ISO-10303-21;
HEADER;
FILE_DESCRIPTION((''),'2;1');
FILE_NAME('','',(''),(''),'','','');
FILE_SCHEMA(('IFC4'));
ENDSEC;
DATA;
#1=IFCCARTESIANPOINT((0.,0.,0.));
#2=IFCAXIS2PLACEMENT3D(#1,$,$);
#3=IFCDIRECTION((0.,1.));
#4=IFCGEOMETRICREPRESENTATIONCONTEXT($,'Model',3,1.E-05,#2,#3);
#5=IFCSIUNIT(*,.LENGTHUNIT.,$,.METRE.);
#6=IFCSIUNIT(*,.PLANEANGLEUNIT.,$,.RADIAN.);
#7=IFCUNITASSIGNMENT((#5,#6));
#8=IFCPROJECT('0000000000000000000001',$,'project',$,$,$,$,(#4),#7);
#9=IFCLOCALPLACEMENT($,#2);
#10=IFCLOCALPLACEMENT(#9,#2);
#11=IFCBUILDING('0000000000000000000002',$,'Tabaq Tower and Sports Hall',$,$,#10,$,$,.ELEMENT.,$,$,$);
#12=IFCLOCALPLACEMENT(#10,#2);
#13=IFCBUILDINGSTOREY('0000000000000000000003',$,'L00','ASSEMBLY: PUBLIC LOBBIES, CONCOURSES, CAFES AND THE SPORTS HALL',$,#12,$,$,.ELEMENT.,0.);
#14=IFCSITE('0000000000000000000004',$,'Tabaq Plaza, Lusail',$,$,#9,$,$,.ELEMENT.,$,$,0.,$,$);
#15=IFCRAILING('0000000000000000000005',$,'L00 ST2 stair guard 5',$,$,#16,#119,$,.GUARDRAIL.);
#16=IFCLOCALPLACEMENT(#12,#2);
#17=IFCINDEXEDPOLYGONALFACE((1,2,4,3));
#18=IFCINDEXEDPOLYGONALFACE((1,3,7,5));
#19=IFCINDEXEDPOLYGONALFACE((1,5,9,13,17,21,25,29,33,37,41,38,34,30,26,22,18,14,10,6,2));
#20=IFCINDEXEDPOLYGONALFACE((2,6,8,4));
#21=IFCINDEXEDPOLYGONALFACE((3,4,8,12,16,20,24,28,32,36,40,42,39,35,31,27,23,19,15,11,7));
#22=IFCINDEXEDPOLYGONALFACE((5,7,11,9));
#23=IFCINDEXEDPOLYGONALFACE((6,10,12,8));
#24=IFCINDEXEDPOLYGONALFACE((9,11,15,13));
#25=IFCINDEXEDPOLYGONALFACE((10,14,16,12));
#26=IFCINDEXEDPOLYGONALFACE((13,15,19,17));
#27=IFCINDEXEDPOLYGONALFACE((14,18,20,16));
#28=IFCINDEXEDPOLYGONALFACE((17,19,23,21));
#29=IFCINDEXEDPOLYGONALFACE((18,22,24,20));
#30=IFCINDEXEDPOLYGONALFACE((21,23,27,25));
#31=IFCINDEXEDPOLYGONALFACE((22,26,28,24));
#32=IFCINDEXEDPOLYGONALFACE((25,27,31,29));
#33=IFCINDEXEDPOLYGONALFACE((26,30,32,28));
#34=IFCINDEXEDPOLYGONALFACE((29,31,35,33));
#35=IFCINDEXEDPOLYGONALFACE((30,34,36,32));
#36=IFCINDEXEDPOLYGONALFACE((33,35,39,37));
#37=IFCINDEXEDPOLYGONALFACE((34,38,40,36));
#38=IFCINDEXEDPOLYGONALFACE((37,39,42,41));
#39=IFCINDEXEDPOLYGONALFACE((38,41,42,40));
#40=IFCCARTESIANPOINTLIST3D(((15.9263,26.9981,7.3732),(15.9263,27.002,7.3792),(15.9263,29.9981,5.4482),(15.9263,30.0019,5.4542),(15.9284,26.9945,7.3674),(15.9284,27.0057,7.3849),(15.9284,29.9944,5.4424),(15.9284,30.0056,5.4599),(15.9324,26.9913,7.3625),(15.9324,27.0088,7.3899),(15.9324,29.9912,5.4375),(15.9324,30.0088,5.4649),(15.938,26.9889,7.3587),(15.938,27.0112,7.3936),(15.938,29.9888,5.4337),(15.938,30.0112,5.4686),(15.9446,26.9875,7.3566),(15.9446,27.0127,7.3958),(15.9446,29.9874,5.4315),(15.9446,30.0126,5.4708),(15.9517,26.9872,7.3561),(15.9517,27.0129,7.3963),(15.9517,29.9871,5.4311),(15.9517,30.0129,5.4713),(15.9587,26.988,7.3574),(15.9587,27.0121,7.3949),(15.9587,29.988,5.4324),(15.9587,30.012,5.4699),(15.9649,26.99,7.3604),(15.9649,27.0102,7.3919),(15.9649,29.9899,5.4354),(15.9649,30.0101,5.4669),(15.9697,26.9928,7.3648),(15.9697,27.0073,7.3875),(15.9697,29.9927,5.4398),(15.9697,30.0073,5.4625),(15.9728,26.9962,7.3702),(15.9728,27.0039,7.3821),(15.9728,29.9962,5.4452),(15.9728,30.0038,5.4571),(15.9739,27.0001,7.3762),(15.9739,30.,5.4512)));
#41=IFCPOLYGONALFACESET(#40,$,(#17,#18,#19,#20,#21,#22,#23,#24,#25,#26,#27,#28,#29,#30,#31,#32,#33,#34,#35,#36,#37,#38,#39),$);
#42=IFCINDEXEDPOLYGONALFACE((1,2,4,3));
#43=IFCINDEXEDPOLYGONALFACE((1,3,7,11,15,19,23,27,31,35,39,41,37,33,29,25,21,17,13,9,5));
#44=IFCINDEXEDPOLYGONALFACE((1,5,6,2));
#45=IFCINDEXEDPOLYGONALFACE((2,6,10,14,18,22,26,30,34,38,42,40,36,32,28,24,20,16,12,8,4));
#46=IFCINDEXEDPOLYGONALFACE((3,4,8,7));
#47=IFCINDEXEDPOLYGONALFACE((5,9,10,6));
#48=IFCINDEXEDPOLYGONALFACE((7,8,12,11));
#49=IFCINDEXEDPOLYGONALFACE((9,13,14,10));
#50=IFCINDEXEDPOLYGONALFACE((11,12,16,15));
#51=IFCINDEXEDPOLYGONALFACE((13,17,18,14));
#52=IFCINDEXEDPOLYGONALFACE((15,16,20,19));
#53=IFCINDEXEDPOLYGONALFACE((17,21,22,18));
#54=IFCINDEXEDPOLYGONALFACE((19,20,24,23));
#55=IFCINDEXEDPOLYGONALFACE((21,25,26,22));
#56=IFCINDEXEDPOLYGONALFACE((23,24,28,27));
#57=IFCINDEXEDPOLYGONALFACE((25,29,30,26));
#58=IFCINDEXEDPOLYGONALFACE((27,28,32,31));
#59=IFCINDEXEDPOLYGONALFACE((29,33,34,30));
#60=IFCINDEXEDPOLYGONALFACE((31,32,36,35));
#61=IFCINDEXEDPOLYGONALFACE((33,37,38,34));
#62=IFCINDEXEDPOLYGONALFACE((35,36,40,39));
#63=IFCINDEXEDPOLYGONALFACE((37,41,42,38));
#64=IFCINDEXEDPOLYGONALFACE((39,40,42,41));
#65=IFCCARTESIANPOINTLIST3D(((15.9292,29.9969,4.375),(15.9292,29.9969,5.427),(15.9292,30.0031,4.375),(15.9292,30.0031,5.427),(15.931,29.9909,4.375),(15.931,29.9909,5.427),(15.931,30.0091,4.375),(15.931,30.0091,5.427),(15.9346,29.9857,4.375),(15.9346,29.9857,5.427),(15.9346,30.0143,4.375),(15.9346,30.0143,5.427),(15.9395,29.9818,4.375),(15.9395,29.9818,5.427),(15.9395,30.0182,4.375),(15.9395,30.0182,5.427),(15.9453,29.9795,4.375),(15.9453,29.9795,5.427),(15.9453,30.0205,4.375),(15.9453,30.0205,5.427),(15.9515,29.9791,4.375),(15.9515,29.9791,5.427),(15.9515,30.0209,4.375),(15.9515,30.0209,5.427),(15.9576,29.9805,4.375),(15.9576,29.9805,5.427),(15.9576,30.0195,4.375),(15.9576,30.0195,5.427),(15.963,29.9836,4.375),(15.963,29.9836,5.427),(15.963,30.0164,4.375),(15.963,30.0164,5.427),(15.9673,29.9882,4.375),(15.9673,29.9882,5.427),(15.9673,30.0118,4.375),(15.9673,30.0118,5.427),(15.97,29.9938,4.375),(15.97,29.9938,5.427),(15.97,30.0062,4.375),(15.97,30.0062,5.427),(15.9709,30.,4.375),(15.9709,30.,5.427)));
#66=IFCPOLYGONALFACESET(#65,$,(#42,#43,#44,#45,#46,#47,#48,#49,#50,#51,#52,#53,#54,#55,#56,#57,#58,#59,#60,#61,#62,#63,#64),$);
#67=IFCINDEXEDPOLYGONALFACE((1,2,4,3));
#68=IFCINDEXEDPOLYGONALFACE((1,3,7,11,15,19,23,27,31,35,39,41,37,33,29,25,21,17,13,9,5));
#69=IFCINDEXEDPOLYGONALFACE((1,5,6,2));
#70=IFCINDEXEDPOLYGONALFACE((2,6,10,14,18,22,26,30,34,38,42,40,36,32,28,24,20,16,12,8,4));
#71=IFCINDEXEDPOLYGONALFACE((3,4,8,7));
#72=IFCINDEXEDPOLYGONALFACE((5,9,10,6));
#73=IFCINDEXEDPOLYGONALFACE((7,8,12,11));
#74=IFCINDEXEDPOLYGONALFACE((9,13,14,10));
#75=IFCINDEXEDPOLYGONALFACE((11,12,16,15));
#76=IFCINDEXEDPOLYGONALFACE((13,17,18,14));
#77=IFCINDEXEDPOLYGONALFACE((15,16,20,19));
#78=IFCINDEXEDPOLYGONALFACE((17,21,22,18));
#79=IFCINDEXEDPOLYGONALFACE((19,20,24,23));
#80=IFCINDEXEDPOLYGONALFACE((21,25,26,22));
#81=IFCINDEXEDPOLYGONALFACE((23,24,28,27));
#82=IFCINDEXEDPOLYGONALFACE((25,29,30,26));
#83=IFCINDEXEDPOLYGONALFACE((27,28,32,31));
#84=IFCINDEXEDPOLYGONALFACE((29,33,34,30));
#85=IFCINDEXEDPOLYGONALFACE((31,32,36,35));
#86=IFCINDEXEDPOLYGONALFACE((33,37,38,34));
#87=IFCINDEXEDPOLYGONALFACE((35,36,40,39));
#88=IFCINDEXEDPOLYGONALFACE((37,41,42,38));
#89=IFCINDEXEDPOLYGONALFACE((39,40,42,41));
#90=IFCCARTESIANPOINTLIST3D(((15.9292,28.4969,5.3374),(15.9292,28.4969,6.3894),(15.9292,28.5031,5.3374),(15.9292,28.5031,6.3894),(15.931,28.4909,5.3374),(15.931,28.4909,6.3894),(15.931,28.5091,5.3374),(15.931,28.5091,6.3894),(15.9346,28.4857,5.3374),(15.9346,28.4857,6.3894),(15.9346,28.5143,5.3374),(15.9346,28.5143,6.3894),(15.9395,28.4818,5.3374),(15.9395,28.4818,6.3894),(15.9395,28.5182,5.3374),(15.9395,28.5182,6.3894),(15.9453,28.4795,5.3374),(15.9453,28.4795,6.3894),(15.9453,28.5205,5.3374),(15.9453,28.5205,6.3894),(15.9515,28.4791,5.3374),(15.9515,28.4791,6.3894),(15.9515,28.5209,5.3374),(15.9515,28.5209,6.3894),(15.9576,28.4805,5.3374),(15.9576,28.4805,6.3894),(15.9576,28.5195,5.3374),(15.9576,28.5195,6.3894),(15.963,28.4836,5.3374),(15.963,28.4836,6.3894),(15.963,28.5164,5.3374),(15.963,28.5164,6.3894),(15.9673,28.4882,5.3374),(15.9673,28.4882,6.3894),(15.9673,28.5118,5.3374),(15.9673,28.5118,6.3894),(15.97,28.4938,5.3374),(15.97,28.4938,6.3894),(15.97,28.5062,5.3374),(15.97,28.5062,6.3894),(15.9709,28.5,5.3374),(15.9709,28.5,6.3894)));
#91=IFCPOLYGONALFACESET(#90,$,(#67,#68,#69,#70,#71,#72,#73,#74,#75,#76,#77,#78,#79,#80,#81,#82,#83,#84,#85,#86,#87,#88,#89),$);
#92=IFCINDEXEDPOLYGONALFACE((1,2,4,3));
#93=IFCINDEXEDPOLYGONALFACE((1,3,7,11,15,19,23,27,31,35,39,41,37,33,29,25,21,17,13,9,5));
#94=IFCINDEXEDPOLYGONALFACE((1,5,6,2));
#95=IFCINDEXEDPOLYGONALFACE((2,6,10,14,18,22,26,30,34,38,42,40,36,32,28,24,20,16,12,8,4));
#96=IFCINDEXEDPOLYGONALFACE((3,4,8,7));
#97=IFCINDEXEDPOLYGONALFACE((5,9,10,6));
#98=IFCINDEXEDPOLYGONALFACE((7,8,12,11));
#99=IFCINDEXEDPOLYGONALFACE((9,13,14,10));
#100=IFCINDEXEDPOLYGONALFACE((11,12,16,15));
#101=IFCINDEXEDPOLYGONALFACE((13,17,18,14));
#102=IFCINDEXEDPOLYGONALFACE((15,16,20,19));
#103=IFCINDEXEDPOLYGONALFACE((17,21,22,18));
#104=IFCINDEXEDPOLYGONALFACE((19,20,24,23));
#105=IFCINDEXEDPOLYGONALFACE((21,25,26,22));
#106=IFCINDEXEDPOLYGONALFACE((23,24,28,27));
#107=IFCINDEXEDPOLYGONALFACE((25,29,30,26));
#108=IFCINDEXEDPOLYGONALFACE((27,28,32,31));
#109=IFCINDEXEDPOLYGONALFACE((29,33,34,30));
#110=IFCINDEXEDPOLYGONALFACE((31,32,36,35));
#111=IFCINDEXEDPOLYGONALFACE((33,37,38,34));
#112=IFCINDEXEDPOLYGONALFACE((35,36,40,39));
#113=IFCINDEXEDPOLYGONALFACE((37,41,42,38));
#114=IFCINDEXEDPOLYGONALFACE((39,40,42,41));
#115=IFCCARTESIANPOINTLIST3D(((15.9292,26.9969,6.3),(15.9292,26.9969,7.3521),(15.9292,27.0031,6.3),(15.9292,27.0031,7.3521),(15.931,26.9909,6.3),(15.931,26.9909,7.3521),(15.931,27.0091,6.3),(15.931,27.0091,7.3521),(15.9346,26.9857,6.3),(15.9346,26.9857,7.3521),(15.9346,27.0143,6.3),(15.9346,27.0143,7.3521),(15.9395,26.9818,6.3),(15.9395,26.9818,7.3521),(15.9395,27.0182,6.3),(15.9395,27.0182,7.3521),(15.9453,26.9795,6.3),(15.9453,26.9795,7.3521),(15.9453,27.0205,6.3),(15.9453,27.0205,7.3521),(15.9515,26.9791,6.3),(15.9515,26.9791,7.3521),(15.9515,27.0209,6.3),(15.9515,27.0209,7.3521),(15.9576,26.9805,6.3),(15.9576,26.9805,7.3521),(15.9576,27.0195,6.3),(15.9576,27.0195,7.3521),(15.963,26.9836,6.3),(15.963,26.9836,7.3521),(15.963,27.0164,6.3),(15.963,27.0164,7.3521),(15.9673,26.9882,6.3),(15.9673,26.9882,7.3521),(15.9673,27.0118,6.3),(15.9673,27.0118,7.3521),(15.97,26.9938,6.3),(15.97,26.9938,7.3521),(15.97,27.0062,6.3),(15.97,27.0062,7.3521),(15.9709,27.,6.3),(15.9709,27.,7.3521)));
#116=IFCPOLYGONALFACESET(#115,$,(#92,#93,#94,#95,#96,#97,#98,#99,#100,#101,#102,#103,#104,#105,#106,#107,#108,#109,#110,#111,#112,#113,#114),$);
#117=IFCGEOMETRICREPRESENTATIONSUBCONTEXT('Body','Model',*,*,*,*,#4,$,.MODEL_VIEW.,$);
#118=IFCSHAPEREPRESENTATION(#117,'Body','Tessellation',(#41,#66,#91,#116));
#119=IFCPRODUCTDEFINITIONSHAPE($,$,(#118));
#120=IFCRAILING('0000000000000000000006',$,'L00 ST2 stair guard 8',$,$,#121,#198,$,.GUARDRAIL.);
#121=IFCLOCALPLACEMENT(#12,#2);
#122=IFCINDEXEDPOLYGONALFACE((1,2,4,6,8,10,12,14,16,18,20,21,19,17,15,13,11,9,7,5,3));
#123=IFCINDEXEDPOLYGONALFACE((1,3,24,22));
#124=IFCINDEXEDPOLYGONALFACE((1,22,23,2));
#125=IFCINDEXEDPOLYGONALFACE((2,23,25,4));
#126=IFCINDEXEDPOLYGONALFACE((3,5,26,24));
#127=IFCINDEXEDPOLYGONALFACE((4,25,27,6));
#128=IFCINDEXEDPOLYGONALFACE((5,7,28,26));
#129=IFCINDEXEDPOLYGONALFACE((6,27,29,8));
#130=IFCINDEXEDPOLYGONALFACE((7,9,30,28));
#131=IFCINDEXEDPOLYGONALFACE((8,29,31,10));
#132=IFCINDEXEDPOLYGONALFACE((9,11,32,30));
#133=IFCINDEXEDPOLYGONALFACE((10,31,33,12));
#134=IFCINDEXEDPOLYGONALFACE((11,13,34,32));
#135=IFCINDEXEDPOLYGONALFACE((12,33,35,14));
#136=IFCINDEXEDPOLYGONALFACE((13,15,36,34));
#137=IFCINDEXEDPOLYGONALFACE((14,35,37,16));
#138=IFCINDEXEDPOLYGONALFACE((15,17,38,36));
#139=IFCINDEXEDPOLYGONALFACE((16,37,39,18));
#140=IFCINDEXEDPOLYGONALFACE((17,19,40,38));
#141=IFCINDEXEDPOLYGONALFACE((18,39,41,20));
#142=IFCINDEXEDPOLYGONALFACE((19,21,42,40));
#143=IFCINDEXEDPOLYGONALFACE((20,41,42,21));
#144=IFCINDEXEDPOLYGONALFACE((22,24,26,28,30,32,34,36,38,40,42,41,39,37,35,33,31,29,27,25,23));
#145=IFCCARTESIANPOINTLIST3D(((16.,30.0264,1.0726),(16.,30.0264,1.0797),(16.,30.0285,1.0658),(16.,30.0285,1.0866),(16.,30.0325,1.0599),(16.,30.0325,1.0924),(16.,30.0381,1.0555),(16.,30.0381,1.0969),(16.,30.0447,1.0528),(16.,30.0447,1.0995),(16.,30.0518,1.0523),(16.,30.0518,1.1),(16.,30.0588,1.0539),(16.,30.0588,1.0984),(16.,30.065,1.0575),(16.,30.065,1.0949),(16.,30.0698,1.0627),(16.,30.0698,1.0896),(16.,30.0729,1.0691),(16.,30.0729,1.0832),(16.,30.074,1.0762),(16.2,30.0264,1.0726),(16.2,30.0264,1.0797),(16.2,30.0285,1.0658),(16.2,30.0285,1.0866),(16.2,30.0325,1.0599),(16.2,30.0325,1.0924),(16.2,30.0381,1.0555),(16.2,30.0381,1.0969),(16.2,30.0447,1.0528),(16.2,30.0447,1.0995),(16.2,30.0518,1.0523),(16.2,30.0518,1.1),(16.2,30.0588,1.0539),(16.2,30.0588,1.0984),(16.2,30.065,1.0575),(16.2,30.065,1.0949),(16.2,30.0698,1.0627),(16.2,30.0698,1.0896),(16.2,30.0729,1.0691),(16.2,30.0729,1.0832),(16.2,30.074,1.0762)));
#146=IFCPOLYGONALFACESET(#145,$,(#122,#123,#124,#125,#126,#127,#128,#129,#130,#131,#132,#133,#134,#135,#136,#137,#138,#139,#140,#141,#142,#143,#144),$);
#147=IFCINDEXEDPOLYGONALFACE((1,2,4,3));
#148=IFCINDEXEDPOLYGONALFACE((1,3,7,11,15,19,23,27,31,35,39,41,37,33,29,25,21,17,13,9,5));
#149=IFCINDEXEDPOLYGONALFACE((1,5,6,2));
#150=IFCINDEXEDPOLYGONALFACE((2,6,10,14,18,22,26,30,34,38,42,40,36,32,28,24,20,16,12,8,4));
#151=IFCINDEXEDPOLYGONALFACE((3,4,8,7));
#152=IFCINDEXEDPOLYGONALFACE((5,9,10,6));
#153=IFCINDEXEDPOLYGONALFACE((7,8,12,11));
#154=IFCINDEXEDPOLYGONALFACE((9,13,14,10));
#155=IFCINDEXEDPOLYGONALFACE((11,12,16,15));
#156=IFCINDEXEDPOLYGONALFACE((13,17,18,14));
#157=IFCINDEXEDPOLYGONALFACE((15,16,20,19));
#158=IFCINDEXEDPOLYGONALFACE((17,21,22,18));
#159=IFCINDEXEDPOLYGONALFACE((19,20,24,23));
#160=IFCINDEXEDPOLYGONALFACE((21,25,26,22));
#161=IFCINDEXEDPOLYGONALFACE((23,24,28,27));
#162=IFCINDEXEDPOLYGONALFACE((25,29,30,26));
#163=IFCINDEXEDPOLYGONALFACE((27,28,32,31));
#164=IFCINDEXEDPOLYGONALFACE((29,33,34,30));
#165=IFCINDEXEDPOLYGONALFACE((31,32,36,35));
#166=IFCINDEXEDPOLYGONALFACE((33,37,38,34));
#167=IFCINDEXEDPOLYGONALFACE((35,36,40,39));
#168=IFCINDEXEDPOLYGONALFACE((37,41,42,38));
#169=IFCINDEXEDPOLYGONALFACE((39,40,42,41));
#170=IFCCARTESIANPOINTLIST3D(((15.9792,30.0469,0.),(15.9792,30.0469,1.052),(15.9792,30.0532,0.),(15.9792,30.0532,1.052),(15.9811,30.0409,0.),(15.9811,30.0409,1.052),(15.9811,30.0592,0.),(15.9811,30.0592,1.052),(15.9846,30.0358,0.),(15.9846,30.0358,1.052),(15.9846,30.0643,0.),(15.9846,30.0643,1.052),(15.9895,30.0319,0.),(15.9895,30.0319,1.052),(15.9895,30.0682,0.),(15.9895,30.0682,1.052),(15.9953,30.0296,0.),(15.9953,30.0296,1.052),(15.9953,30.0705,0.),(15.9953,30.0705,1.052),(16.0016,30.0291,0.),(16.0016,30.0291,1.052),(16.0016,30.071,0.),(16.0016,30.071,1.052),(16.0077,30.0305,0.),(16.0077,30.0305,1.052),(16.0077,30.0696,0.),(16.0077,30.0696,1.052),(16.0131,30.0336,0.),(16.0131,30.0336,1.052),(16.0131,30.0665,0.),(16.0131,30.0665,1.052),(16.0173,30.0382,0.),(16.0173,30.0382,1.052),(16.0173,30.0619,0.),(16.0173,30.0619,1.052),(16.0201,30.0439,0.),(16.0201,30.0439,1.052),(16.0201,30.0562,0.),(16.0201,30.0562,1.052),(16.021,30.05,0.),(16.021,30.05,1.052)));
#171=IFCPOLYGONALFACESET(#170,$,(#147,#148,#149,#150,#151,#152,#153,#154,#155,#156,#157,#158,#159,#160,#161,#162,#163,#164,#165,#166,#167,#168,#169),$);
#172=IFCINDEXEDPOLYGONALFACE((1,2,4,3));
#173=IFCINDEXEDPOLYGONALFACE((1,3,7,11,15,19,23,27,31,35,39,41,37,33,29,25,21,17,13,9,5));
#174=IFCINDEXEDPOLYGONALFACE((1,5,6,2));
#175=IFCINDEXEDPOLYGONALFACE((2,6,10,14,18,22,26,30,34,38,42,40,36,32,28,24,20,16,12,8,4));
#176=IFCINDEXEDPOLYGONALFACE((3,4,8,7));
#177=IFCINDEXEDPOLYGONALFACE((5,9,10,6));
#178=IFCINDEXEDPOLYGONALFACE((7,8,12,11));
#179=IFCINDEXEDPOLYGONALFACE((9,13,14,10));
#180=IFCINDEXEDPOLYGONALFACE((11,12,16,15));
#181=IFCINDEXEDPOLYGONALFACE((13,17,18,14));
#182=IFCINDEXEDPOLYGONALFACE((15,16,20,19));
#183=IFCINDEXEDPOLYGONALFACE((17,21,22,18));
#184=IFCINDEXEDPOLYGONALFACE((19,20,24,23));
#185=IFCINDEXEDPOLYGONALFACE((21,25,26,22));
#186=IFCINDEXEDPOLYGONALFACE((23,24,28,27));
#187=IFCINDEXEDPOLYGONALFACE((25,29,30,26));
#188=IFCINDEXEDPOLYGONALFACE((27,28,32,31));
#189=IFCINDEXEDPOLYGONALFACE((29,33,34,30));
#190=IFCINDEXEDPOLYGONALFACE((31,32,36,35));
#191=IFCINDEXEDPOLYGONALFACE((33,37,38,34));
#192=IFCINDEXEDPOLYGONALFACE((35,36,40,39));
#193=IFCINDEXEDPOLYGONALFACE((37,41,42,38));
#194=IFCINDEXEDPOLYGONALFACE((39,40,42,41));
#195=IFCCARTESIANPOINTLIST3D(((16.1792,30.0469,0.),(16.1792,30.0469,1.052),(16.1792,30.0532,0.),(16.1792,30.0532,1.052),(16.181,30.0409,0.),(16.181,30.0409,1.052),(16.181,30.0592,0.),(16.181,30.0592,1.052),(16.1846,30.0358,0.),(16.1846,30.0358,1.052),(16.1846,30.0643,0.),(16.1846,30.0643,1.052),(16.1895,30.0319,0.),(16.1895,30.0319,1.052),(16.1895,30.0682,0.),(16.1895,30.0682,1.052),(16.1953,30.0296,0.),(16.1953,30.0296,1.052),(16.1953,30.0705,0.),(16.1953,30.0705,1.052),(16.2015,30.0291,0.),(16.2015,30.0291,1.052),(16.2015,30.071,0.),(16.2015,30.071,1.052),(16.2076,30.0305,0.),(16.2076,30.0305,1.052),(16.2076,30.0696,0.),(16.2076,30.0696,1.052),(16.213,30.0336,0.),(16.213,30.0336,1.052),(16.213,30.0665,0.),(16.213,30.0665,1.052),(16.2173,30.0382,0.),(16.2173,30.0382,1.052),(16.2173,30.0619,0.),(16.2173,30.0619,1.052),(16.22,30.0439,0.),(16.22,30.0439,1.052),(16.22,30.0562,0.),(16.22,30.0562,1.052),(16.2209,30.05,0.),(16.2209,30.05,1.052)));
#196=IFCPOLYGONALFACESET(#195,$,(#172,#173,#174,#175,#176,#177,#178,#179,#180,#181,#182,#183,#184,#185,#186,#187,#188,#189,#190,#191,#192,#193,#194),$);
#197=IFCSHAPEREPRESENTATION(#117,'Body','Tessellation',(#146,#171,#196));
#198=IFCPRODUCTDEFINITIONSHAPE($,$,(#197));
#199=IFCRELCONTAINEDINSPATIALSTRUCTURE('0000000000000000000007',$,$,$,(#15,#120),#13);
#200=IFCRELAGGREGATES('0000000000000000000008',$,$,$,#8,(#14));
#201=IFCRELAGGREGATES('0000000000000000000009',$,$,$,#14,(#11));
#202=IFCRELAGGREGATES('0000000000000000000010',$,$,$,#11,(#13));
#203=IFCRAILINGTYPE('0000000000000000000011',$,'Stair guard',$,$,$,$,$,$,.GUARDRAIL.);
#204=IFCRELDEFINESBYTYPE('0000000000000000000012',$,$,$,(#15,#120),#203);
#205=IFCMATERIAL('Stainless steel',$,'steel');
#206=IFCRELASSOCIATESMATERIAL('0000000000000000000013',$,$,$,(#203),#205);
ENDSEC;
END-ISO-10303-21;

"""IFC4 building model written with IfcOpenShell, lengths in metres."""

from ifc_helpers import new_model, si_unit, direction, frame, origin, origin_2d, place, context, subcontext, project, spatial, circle, extrude, material, type_object, element, save


model = new_model("IFC4")

# Units and contexts
model_context = context("Model", 3, precision=1e-05, world=origin(), true_north=direction((0.0, 1.0)))
body_context = subcontext(model_context, "Body", "Model", "MODEL_VIEW")
ifc_project = project(units=[si_unit("LENGTHUNIT", "METRE"), si_unit("PLANEANGLEUNIT", "RADIAN")], contexts=[model_context])

# Site, building, storey
site_placement = place(None, origin())
site = spatial("IfcSite", under=ifc_project, at=site_placement, Name="Tabaq Plaza, Lusail", CompositionType="ELEMENT", RefElevation=0.0)
building_placement = place(site_placement, origin())
building = spatial("IfcBuilding", under=site, at=building_placement, Name="Tabaq Tower and Sports Hall", CompositionType="ELEMENT")
storey_placement = place(building_placement, origin())
storey = spatial("IfcBuildingStorey", under=building, at=storey_placement, Name="L00", Description="ASSEMBLY: PUBLIC LOBBIES, CONCOURSES, CAFES AND THE SPORTS HALL", CompositionType="ELEMENT", Elevation=0.0)

# Railings
ifc_material_1 = material(Name="Stainless steel", Category="steel")
railing_type_1 = type_object("IfcRailingType", Name="Stair guard", PredefinedType="GUARDRAIL", material=ifc_material_1)
railing_1_placement = place(storey_placement, frame((15.95, 30.0, 4.375)))
element("IfcRailing", 1, at=railing_1_placement, inside=storey, type_object=railing_type_1, Name="L00 ST2 stair guard 5", PredefinedType="GUARDRAIL", context=body_context, shape_type="SweptSolid", body=[
    extrude(circle(Radius=0.0239, at=origin_2d()), frame((0.0, 0.0, 1.0762), z_axis=(0.0, -0.841628, 0.540058), x_axis=(1.0, 0.0, 0.0)), (0.0, 0.0, 1.0), 3.5645),
    extrude(circle(Radius=0.021, at=origin_2d()), origin(), (0.0, 0.0, 1.0), 1.052),
    extrude(circle(Radius=0.021, at=origin_2d()), frame((0.0, -1.5, 0.9624)), (0.0, 0.0, 1.0), 1.052),
    extrude(circle(Radius=0.021, at=origin_2d()), frame((0.0, -3.0, 1.925)), (0.0, 0.0, 1.0), 1.052),
])
railing_2_placement = place(storey_placement, frame((16.0, 30.05, 0.0)))
element("IfcRailing", 2, at=railing_2_placement, inside=storey, type_object=railing_type_1, Name="L00 ST2 stair guard 8", PredefinedType="GUARDRAIL", context=body_context, shape_type="SweptSolid", body=[
    extrude(circle(Radius=0.0239, at=origin_2d()), frame((0.0, 0.0, 1.0762), z_axis=(1.0, 0.0, 0.0), x_axis=(0.0, 1.0, 0.0)), (0.0, 0.0, 1.0), 0.2),
    extrude(circle(Radius=0.021, at=origin_2d()), origin(), (0.0, 0.0, 1.0), 1.052),
    extrude(circle(Radius=0.021, at=origin_2d()), frame((0.2, 0.0, 0.0)), (0.0, 0.0, 1.0), 1.052),
])

save(model, "model.ifc")
